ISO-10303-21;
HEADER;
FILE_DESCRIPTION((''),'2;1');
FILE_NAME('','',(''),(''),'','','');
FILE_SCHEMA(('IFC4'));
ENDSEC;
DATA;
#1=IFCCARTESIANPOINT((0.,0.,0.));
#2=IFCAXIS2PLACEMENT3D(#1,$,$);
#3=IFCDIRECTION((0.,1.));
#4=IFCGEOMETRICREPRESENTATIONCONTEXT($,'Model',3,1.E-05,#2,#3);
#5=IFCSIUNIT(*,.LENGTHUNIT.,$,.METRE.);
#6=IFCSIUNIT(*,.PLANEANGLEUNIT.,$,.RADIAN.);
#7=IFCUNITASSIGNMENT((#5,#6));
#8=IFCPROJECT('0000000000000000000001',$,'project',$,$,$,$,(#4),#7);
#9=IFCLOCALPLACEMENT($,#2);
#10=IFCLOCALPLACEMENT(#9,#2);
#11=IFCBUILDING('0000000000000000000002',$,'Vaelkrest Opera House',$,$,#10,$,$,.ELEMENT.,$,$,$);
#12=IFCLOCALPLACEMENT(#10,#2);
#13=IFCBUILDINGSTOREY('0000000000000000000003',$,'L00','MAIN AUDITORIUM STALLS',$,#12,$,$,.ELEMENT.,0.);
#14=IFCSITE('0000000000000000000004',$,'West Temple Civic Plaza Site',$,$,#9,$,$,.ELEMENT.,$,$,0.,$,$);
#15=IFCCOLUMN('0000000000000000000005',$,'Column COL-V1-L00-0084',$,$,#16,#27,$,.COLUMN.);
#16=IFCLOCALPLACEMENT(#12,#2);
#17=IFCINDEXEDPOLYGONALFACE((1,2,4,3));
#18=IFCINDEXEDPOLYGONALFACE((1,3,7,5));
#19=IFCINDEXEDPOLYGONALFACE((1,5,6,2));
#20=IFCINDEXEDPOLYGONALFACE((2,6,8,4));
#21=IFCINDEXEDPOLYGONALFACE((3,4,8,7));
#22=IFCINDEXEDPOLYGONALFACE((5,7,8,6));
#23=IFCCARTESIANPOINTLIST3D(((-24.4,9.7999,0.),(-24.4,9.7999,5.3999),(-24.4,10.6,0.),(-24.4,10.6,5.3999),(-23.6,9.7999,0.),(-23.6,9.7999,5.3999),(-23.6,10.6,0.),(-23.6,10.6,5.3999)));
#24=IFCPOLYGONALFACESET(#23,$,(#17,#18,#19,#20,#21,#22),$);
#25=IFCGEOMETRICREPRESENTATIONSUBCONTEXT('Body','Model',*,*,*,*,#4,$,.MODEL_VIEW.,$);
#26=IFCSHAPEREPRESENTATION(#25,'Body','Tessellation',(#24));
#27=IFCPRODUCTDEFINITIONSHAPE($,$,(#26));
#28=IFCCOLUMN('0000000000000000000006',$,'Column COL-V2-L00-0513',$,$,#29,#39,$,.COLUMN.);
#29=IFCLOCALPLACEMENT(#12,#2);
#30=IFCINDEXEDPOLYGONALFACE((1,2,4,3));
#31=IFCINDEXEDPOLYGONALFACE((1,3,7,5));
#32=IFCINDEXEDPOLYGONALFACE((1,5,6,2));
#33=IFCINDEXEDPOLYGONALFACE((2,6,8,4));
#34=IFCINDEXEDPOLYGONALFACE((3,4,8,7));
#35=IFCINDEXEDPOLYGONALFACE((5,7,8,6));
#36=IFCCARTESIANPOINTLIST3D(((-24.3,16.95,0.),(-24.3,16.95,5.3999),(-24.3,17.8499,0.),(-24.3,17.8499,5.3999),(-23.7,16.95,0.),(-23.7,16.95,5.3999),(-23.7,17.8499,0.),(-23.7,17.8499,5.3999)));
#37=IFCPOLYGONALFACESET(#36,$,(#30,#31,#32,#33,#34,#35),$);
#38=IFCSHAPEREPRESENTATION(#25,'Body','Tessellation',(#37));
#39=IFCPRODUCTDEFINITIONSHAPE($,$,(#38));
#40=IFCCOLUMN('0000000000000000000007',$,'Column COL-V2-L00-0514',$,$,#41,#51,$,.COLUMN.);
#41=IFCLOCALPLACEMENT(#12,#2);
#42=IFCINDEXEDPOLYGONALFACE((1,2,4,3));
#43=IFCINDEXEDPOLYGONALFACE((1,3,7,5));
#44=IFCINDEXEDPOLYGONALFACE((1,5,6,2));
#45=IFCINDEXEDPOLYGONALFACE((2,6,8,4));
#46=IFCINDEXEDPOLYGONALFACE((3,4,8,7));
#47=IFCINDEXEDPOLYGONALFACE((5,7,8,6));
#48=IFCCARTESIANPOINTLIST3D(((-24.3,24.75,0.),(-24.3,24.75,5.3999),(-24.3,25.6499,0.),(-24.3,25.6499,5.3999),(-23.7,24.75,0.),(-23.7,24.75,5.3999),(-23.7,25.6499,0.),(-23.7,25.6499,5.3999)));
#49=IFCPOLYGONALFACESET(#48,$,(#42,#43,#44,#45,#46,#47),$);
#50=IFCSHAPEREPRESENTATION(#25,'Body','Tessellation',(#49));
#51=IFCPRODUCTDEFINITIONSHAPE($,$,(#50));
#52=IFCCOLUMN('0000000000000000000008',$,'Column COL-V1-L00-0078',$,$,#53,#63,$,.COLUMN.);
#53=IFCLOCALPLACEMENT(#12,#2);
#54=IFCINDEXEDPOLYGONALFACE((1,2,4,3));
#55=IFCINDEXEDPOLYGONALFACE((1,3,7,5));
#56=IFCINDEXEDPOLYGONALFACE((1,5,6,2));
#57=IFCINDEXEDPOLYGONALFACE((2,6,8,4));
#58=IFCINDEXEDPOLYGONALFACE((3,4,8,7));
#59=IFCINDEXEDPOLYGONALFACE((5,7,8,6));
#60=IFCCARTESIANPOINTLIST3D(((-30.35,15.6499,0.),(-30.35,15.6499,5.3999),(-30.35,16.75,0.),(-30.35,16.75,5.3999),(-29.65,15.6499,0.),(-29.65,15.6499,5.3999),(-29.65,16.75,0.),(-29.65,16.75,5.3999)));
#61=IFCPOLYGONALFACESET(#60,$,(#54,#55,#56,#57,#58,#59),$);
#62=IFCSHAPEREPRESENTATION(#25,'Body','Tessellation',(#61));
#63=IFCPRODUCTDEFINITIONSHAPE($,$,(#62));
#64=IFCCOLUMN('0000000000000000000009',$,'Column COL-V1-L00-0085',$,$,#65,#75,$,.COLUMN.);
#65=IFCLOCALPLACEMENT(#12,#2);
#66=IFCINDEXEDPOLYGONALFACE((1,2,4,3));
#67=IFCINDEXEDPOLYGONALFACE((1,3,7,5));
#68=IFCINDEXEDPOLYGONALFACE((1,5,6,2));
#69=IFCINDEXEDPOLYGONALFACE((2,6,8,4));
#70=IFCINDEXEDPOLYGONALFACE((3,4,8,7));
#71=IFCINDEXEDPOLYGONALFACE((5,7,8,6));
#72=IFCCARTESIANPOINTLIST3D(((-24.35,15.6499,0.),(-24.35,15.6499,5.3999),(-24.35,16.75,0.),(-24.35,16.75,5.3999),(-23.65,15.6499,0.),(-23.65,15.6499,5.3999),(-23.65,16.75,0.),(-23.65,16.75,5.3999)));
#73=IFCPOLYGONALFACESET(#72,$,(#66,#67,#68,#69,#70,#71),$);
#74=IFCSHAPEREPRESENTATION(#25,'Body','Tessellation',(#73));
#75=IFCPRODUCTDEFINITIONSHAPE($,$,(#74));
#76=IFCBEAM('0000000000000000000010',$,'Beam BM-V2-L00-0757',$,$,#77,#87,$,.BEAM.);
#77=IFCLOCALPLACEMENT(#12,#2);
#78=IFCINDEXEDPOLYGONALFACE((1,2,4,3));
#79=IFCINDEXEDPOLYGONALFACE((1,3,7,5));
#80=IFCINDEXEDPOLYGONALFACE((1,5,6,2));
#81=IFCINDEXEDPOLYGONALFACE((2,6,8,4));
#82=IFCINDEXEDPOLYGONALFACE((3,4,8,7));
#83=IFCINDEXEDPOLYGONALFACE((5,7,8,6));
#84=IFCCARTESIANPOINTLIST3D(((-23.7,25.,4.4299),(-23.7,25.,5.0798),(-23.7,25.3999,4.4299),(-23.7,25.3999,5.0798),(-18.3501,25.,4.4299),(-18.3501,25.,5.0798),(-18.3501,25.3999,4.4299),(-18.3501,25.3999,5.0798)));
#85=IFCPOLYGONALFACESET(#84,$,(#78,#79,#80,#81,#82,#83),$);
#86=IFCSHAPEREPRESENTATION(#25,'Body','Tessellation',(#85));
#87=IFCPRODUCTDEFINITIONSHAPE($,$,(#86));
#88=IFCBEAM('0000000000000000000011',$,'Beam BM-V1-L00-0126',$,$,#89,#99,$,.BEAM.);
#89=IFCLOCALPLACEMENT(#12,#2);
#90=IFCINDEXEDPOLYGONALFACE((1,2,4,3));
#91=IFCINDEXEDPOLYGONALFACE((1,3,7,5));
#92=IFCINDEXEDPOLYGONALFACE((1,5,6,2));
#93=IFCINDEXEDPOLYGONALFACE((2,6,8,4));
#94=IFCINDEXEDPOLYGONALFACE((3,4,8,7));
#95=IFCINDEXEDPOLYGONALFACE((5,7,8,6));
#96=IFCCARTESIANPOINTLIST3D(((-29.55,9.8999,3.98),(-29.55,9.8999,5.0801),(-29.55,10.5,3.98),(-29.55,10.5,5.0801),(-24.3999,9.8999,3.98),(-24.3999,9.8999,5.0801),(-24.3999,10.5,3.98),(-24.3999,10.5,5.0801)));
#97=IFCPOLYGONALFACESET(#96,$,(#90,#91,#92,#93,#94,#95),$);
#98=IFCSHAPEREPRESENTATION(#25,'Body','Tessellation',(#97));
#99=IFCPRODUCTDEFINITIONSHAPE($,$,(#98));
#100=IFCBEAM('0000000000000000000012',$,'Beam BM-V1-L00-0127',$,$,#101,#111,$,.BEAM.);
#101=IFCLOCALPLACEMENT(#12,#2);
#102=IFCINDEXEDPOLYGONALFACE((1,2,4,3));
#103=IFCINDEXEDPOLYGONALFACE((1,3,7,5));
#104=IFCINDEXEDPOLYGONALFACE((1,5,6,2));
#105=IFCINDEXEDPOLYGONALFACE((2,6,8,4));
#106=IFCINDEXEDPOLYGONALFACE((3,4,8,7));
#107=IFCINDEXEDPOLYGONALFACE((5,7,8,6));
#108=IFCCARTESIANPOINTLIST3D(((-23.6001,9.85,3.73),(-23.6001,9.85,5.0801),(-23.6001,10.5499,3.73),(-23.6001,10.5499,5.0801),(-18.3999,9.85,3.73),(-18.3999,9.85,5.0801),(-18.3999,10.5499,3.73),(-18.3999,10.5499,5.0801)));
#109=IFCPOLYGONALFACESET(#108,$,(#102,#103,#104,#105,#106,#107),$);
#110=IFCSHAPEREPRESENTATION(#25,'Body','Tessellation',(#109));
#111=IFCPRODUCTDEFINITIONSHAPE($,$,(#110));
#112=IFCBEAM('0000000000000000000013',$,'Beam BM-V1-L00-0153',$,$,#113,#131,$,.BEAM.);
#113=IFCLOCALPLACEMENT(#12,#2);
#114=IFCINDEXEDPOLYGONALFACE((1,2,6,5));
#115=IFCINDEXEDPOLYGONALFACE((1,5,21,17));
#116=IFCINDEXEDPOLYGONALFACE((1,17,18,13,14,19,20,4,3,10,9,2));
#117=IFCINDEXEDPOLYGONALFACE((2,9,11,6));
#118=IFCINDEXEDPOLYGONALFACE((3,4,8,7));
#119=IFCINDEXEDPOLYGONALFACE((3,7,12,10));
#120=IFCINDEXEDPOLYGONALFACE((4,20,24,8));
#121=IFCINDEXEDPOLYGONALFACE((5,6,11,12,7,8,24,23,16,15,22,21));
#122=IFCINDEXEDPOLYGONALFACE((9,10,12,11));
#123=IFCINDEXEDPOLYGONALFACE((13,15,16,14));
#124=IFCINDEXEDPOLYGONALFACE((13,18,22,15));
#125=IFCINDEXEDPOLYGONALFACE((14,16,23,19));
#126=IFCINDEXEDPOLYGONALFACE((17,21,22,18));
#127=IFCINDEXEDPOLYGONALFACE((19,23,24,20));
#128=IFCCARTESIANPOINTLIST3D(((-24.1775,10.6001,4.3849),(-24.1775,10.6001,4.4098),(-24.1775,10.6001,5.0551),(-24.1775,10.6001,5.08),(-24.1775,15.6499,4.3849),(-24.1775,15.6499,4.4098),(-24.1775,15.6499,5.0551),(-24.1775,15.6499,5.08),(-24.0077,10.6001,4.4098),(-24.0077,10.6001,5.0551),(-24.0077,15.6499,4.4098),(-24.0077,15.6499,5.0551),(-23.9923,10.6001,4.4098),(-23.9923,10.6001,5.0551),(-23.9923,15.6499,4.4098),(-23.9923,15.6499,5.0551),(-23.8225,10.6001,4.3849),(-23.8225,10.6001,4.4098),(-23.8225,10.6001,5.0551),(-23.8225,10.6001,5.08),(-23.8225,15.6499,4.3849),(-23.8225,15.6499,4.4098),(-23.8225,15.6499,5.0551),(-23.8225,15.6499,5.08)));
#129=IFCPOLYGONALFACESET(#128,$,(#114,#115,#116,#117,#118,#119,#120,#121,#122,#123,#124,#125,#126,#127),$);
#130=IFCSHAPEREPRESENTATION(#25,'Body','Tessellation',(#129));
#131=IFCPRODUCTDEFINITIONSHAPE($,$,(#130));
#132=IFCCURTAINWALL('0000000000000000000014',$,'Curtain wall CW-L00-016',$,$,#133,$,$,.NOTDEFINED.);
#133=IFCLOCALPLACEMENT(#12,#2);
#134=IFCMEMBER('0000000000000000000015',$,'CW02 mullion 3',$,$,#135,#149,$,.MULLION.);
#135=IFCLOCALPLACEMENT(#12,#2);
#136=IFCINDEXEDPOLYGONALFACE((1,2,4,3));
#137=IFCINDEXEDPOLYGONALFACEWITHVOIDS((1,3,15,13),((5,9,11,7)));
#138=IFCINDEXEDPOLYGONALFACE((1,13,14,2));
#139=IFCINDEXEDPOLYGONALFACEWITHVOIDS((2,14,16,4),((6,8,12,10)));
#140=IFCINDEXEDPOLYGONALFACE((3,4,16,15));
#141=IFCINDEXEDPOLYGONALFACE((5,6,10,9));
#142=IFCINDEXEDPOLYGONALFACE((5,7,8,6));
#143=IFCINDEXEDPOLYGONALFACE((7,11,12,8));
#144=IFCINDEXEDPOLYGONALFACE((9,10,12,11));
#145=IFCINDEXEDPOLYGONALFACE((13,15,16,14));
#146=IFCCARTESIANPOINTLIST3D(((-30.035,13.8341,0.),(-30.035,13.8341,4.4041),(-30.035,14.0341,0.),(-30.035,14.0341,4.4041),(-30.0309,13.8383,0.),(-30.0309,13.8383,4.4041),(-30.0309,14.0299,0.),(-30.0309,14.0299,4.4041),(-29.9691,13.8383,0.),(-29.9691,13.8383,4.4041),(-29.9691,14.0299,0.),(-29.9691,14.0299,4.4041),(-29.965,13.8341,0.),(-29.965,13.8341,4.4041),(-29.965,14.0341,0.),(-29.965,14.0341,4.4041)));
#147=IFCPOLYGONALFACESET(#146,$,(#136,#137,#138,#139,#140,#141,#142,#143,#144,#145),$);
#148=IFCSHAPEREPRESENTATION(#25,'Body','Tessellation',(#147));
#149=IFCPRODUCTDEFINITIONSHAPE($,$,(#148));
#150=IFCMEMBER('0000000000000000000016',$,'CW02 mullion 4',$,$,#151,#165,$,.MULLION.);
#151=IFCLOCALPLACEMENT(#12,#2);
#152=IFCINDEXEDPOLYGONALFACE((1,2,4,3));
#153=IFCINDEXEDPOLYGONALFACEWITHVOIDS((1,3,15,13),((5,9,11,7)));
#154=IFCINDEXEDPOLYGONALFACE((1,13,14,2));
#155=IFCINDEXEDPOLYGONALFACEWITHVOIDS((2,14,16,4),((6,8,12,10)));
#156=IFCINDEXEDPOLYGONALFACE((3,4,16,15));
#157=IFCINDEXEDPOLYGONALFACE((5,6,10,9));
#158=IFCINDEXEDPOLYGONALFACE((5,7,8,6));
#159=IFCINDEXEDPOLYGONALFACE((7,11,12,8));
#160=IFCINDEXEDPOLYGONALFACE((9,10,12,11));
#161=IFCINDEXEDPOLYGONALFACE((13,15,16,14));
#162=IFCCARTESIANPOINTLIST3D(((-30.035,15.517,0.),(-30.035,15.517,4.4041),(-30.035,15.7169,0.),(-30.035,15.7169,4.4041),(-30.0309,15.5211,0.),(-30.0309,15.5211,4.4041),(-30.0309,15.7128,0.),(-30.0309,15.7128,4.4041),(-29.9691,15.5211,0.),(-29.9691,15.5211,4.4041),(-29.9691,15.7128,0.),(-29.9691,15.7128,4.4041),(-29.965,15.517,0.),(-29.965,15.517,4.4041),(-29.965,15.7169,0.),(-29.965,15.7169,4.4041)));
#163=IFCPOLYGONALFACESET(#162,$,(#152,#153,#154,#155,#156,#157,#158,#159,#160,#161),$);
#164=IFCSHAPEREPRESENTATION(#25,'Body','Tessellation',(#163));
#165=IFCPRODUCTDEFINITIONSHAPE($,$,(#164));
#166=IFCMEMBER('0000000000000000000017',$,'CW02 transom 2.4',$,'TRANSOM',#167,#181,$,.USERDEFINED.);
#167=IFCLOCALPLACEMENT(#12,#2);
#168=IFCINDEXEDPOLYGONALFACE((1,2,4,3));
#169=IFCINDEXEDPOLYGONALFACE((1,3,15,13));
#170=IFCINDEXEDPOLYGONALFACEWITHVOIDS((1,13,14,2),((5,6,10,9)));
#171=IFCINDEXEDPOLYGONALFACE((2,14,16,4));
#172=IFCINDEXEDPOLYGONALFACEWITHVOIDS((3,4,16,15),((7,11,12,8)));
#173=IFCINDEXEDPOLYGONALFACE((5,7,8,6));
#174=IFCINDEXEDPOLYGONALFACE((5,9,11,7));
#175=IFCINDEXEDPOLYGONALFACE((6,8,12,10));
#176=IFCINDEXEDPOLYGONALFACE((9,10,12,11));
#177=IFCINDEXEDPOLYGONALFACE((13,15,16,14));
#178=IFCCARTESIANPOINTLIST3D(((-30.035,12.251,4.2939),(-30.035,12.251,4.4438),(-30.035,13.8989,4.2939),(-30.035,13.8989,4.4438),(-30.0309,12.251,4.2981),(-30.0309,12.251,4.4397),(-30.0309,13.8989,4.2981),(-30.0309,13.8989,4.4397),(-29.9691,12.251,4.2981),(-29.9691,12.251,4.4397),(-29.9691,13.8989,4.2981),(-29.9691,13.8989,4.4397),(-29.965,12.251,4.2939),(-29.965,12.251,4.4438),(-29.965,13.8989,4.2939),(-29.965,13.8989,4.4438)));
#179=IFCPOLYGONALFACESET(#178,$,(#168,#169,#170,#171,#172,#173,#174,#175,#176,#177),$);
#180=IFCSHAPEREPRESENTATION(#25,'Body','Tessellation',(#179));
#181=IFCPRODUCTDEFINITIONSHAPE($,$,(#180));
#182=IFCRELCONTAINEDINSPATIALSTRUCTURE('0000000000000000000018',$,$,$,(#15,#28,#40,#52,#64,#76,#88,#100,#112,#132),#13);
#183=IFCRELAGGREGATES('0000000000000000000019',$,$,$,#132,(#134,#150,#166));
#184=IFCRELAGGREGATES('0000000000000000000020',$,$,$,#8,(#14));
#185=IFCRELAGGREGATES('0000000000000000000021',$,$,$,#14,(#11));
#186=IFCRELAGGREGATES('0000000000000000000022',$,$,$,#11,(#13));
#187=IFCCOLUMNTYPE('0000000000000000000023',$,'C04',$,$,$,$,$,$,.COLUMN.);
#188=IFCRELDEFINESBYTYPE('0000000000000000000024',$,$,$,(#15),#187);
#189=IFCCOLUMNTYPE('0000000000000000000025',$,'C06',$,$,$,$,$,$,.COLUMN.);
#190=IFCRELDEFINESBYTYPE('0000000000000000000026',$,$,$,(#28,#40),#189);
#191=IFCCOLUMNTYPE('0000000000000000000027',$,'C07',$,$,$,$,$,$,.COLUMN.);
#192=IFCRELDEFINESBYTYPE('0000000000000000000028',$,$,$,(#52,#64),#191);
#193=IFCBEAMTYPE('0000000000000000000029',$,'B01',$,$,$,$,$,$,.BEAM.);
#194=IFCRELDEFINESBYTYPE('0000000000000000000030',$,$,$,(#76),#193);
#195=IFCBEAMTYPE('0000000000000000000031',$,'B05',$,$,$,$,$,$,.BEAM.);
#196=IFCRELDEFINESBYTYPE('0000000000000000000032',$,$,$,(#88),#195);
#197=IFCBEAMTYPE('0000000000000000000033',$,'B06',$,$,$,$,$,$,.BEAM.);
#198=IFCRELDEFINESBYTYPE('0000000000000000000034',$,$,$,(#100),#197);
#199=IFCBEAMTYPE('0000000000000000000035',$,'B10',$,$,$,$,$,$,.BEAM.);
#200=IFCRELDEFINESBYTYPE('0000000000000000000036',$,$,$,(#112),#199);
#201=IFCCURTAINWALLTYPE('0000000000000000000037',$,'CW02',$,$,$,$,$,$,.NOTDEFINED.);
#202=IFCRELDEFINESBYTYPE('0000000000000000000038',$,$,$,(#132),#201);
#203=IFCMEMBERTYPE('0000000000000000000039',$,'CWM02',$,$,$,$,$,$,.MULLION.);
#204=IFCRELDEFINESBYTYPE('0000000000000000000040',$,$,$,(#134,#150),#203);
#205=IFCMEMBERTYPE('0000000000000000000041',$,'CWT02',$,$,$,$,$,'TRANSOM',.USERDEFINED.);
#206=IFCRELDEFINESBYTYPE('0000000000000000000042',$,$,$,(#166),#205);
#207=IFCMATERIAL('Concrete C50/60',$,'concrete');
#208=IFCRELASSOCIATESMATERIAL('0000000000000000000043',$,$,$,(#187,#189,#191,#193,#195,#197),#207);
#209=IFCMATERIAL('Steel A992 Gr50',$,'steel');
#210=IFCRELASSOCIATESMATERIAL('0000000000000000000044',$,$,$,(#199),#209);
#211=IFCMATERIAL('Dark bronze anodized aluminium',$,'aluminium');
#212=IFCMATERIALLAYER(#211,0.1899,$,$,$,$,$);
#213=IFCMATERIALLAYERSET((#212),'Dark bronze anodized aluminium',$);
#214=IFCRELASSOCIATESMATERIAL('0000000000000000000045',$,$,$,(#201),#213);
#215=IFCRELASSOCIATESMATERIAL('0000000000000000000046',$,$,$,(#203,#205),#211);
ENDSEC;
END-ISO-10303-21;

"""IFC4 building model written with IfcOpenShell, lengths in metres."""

from ifc_helpers import new_model, si_unit, direction, frame, origin, origin_2d, place, context, subcontext, project, spatial, rectangle, hollow_rectangle, i_section, extrude, material, layer, layer_set, material_profile, profile_set, type_object, element, aggregate, save


model = new_model("IFC4")

# Units and contexts
model_context = context("Model", 3, precision=1e-05, world=origin(), true_north=direction((0.0, 1.0)))
body_context = subcontext(model_context, "Body", "Model", "MODEL_VIEW")
ifc_project = project(units=[si_unit("LENGTHUNIT", "METRE"), si_unit("PLANEANGLEUNIT", "RADIAN")], contexts=[model_context])

# Site, building, storey
site_placement = place(None, origin())
site = spatial("IfcSite", under=ifc_project, at=site_placement, Name="West Temple Civic Plaza Site", CompositionType="ELEMENT", RefElevation=0.0)
building_placement = place(site_placement, origin())
building = spatial("IfcBuilding", under=site, at=building_placement, Name="Vaelkrest Opera House", CompositionType="ELEMENT")
storey_placement = place(building_placement, origin())
storey = spatial("IfcBuildingStorey", under=building, at=storey_placement, Name="L00", Description="MAIN AUDITORIUM STALLS", CompositionType="ELEMENT", Elevation=0.0)

# Columns
ifc_material_1 = material(Name="Concrete C50/60", Category="concrete")
ifc_material_profile_1 = material_profile(ifc_material_1, rectangle(XDim=0.8, YDim=0.8, at=origin_2d()), Name="RC800X800")
ifc_profile_set_1 = profile_set([ifc_material_profile_1], Name="Concrete C50/60")
column_type_1 = type_object("IfcColumnType", Name="C04", PredefinedType="COLUMN", material=ifc_profile_set_1)
column_placement = place(storey_placement, frame((-24.0, 10.2, 0.0), z_axis=(0.0, 0.0, 1.0), x_axis=(1.0, 0.0, 0.0)))
element("IfcColumn", 1, at=column_placement, inside=storey, type_object=column_type_1, Name="Column COL-V1-L00-0084", PredefinedType="COLUMN", context=body_context, shape_type="SweptSolid", body=[
    extrude(rectangle(XDim=0.8, YDim=0.8, at=origin_2d()), origin(), (0.0, 0.0, 1.0), 5.3999),
])
ifc_material_profile_2 = material_profile(ifc_material_1, rectangle(XDim=0.6001, YDim=0.8999, at=origin_2d()), Name="RC600X900")
ifc_profile_set_2 = profile_set([ifc_material_profile_2], Name="Concrete C50/60")
column_type_2 = type_object("IfcColumnType", Name="C06", PredefinedType="COLUMN", material=ifc_profile_set_2)
for number, where, z_axis, x_axis, name in (
    (2, (-24.0, 17.3999, 0.0), (0.0, 0.0, 1.0), (1.0, 0.0, 0.0), "Column COL-V2-L00-0513"),
    (3, (-24.0, 25.2, 0.0), (0.0, 0.0, 1.0), (1.0, 0.0, 0.0), "Column COL-V2-L00-0514"),
):
    element("IfcColumn", number, at=place(storey_placement, frame(where, z_axis=z_axis, x_axis=x_axis)), inside=storey, type_object=column_type_2, Name=name, PredefinedType="COLUMN", context=body_context, shape_type="SweptSolid", body=[
        extrude(rectangle(XDim=0.6001, YDim=0.8999, at=origin_2d()), origin(), (0.0, 0.0, 1.0), 5.3999),
    ])
ifc_material_profile_3 = material_profile(ifc_material_1, rectangle(XDim=0.7, YDim=1.1001, at=origin_2d()), Name="RC700X1100")
ifc_profile_set_3 = profile_set([ifc_material_profile_3], Name="Concrete C50/60")
column_type_3 = type_object("IfcColumnType", Name="C07", PredefinedType="COLUMN", material=ifc_profile_set_3)
for number, where, z_axis, x_axis, name in (
    (4, (-30.0, 16.2, 0.0), (0.0, 0.0, 1.0), (1.0, 0.0, 0.0), "Column COL-V1-L00-0078"),
    (5, (-24.0, 16.2, 0.0), (0.0, 0.0, 1.0), (1.0, 0.0, 0.0), "Column COL-V1-L00-0085"),
):
    element("IfcColumn", number, at=place(storey_placement, frame(where, z_axis=z_axis, x_axis=x_axis)), inside=storey, type_object=column_type_3, Name=name, PredefinedType="COLUMN", context=body_context, shape_type="SweptSolid", body=[
        extrude(rectangle(XDim=0.7, YDim=1.1001, at=origin_2d()), origin(), (0.0, 0.0, 1.0), 5.3999),
    ])

# Beams
ifc_material_profile_4 = material_profile(ifc_material_1, rectangle(XDim=0.3999, YDim=0.6499, at=origin_2d()), Name="RCB400X650")
ifc_profile_set_4 = profile_set([ifc_material_profile_4], Name="Concrete C50/60")
beam_type_1 = type_object("IfcBeamType", Name="B01", PredefinedType="BEAM", material=ifc_profile_set_4)
beam_1_placement = place(storey_placement, frame((-23.7, 25.2, 4.7549), z_axis=(1.0, 0.0, 0.0), x_axis=(0.0, 1.0, 0.0)))
element("IfcBeam", 6, at=beam_1_placement, inside=storey, type_object=beam_type_1, Name="Beam BM-V2-L00-0757", PredefinedType="BEAM", context=body_context, shape_type="SweptSolid", body=[
    extrude(rectangle(XDim=0.3999, YDim=0.6499, at=origin_2d()), origin(), (0.0, 0.0, 1.0), 5.3499),
])
ifc_material_profile_5 = material_profile(ifc_material_1, rectangle(XDim=0.6001, YDim=1.1001, at=origin_2d()), Name="RCB600X1100")
ifc_profile_set_5 = profile_set([ifc_material_profile_5], Name="Concrete C50/60")
beam_type_2 = type_object("IfcBeamType", Name="B05", PredefinedType="BEAM", material=ifc_profile_set_5)
beam_2_placement = place(storey_placement, frame((-29.55, 10.2, 4.53), z_axis=(1.0, 0.0, 0.0), x_axis=(0.0, 1.0, 0.0)))
element("IfcBeam", 7, at=beam_2_placement, inside=storey, type_object=beam_type_2, Name="Beam BM-V1-L00-0126", PredefinedType="BEAM", context=body_context, shape_type="SweptSolid", body=[
    extrude(rectangle(XDim=0.6001, YDim=1.1001, at=origin_2d()), origin(), (0.0, 0.0, 1.0), 5.1501),
])
ifc_material_profile_6 = material_profile(ifc_material_1, rectangle(XDim=0.7, YDim=1.3501, at=origin_2d()), Name="RCB700X1350")
ifc_profile_set_6 = profile_set([ifc_material_profile_6], Name="Concrete C50/60")
beam_type_3 = type_object("IfcBeamType", Name="B06", PredefinedType="BEAM", material=ifc_profile_set_6)
beam_3_placement = place(storey_placement, frame((-23.6001, 10.2, 4.405), z_axis=(1.0, 0.0, 0.0), x_axis=(0.0, 1.0, 0.0)))
element("IfcBeam", 8, at=beam_3_placement, inside=storey, type_object=beam_type_3, Name="Beam BM-V1-L00-0127", PredefinedType="BEAM", context=body_context, shape_type="SweptSolid", body=[
    extrude(rectangle(XDim=0.7, YDim=1.3501, at=origin_2d()), origin(), (0.0, 0.0, 1.0), 5.2002),
])
ifc_material_2 = material(Name="Steel A992 Gr50", Category="steel")
ifc_material_profile_7 = material_profile(ifc_material_2, i_section(OverallWidth=0.355, OverallDepth=0.6951, WebThickness=0.0154, FlangeThickness=0.0249, at=origin_2d()), Name="W27X146")
ifc_profile_set_7 = profile_set([ifc_material_profile_7], Name="Steel A992 Gr50")
beam_type_4 = type_object("IfcBeamType", Name="B10", PredefinedType="BEAM", material=ifc_profile_set_7)
beam_4_placement = place(storey_placement, frame((-24.0, 10.6001, 4.7324), z_axis=(0.0, 1.0, 0.0), x_axis=(-1.0, 0.0, 0.0)))
element("IfcBeam", 9, at=beam_4_placement, inside=storey, type_object=beam_type_4, Name="Beam BM-V1-L00-0153", PredefinedType="BEAM", context=body_context, shape_type="SweptSolid", body=[
    extrude(i_section(OverallWidth=0.355, OverallDepth=0.6951, WebThickness=0.0154, FlangeThickness=0.0249, at=origin_2d()), origin(), (0.0, 0.0, 1.0), 5.0498),
])

# Curtain wall, members
ifc_material_3 = material(Name="Dark bronze anodized aluminium", Category="aluminium")
ifc_layer_1 = layer(ifc_material_3, 0.1899)
ifc_layer_set_1 = layer_set([ifc_layer_1], Name="Dark bronze anodized aluminium")
curtain_wall_type = type_object("IfcCurtainWallType", Name="CW02", PredefinedType="NOTDEFINED", material=ifc_layer_set_1)
curtain_wall_placement = place(storey_placement, origin())
curtain_wall = element("IfcCurtainWall", 10, at=curtain_wall_placement, inside=storey, type_object=curtain_wall_type, Name="Curtain wall CW-L00-016", PredefinedType="NOTDEFINED")
ifc_material_profile_8 = material_profile(ifc_material_3, hollow_rectangle(XDim=0.0701, YDim=0.2, WallThickness=0.0042, at=origin_2d()), Name="CWM70X200")
ifc_profile_set_8 = profile_set([ifc_material_profile_8], Name="Dark bronze anodized aluminium")
member_type_1 = type_object("IfcMemberType", Name="CWM02", PredefinedType="MULLION", material=ifc_profile_set_8)
member_1_placement = place(storey_placement, frame((-30.0, 13.9341, 0.0), z_axis=(0.0, 0.0, 1.0), x_axis=(-1.0, 0.0, 0.0)))
member_1 = element("IfcMember", 11, at=member_1_placement, type_object=member_type_1, Name="CW02 mullion 3", PredefinedType="MULLION", context=body_context, shape_type="SweptSolid", body=[
    extrude(hollow_rectangle(XDim=0.0701, YDim=0.2, WallThickness=0.0042, at=origin_2d()), origin(), (0.0, 0.0, 1.0), 4.4041),
])
member_2_placement = place(storey_placement, frame((-30.0, 15.6169, 0.0), z_axis=(0.0, 0.0, 1.0), x_axis=(-1.0, 0.0, 0.0)))
member_2 = element("IfcMember", 12, at=member_2_placement, type_object=member_type_1, Name="CW02 mullion 4", PredefinedType="MULLION", context=body_context, shape_type="SweptSolid", body=[
    extrude(hollow_rectangle(XDim=0.0701, YDim=0.2, WallThickness=0.0042, at=origin_2d()), origin(), (0.0, 0.0, 1.0), 4.4041),
])
ifc_material_profile_9 = material_profile(ifc_material_3, hollow_rectangle(XDim=0.0701, YDim=0.1499, WallThickness=0.0042, at=origin_2d()), Name="CWT70X150")
ifc_profile_set_9 = profile_set([ifc_material_profile_9], Name="Dark bronze anodized aluminium")
member_type_2 = type_object("IfcMemberType", Name="CWT02", ElementType="TRANSOM", PredefinedType="USERDEFINED", material=ifc_profile_set_9)
member_3_placement = place(storey_placement, frame((-30.0, 12.251, 4.3689), z_axis=(0.0, 1.0, 0.0), x_axis=(-1.0, 0.0, 0.0)))
member_3 = element("IfcMember", 13, at=member_3_placement, type_object=member_type_2, Name="CW02 transom 2.4", ObjectType="TRANSOM", PredefinedType="USERDEFINED", context=body_context, shape_type="SweptSolid", body=[
    extrude(hollow_rectangle(XDim=0.0701, YDim=0.1499, WallThickness=0.0042, at=origin_2d()), origin(), (0.0, 0.0, 1.0), 1.6479),
])

aggregate(curtain_wall, [member_1, member_2, member_3])

save(model, "model.ifc")
